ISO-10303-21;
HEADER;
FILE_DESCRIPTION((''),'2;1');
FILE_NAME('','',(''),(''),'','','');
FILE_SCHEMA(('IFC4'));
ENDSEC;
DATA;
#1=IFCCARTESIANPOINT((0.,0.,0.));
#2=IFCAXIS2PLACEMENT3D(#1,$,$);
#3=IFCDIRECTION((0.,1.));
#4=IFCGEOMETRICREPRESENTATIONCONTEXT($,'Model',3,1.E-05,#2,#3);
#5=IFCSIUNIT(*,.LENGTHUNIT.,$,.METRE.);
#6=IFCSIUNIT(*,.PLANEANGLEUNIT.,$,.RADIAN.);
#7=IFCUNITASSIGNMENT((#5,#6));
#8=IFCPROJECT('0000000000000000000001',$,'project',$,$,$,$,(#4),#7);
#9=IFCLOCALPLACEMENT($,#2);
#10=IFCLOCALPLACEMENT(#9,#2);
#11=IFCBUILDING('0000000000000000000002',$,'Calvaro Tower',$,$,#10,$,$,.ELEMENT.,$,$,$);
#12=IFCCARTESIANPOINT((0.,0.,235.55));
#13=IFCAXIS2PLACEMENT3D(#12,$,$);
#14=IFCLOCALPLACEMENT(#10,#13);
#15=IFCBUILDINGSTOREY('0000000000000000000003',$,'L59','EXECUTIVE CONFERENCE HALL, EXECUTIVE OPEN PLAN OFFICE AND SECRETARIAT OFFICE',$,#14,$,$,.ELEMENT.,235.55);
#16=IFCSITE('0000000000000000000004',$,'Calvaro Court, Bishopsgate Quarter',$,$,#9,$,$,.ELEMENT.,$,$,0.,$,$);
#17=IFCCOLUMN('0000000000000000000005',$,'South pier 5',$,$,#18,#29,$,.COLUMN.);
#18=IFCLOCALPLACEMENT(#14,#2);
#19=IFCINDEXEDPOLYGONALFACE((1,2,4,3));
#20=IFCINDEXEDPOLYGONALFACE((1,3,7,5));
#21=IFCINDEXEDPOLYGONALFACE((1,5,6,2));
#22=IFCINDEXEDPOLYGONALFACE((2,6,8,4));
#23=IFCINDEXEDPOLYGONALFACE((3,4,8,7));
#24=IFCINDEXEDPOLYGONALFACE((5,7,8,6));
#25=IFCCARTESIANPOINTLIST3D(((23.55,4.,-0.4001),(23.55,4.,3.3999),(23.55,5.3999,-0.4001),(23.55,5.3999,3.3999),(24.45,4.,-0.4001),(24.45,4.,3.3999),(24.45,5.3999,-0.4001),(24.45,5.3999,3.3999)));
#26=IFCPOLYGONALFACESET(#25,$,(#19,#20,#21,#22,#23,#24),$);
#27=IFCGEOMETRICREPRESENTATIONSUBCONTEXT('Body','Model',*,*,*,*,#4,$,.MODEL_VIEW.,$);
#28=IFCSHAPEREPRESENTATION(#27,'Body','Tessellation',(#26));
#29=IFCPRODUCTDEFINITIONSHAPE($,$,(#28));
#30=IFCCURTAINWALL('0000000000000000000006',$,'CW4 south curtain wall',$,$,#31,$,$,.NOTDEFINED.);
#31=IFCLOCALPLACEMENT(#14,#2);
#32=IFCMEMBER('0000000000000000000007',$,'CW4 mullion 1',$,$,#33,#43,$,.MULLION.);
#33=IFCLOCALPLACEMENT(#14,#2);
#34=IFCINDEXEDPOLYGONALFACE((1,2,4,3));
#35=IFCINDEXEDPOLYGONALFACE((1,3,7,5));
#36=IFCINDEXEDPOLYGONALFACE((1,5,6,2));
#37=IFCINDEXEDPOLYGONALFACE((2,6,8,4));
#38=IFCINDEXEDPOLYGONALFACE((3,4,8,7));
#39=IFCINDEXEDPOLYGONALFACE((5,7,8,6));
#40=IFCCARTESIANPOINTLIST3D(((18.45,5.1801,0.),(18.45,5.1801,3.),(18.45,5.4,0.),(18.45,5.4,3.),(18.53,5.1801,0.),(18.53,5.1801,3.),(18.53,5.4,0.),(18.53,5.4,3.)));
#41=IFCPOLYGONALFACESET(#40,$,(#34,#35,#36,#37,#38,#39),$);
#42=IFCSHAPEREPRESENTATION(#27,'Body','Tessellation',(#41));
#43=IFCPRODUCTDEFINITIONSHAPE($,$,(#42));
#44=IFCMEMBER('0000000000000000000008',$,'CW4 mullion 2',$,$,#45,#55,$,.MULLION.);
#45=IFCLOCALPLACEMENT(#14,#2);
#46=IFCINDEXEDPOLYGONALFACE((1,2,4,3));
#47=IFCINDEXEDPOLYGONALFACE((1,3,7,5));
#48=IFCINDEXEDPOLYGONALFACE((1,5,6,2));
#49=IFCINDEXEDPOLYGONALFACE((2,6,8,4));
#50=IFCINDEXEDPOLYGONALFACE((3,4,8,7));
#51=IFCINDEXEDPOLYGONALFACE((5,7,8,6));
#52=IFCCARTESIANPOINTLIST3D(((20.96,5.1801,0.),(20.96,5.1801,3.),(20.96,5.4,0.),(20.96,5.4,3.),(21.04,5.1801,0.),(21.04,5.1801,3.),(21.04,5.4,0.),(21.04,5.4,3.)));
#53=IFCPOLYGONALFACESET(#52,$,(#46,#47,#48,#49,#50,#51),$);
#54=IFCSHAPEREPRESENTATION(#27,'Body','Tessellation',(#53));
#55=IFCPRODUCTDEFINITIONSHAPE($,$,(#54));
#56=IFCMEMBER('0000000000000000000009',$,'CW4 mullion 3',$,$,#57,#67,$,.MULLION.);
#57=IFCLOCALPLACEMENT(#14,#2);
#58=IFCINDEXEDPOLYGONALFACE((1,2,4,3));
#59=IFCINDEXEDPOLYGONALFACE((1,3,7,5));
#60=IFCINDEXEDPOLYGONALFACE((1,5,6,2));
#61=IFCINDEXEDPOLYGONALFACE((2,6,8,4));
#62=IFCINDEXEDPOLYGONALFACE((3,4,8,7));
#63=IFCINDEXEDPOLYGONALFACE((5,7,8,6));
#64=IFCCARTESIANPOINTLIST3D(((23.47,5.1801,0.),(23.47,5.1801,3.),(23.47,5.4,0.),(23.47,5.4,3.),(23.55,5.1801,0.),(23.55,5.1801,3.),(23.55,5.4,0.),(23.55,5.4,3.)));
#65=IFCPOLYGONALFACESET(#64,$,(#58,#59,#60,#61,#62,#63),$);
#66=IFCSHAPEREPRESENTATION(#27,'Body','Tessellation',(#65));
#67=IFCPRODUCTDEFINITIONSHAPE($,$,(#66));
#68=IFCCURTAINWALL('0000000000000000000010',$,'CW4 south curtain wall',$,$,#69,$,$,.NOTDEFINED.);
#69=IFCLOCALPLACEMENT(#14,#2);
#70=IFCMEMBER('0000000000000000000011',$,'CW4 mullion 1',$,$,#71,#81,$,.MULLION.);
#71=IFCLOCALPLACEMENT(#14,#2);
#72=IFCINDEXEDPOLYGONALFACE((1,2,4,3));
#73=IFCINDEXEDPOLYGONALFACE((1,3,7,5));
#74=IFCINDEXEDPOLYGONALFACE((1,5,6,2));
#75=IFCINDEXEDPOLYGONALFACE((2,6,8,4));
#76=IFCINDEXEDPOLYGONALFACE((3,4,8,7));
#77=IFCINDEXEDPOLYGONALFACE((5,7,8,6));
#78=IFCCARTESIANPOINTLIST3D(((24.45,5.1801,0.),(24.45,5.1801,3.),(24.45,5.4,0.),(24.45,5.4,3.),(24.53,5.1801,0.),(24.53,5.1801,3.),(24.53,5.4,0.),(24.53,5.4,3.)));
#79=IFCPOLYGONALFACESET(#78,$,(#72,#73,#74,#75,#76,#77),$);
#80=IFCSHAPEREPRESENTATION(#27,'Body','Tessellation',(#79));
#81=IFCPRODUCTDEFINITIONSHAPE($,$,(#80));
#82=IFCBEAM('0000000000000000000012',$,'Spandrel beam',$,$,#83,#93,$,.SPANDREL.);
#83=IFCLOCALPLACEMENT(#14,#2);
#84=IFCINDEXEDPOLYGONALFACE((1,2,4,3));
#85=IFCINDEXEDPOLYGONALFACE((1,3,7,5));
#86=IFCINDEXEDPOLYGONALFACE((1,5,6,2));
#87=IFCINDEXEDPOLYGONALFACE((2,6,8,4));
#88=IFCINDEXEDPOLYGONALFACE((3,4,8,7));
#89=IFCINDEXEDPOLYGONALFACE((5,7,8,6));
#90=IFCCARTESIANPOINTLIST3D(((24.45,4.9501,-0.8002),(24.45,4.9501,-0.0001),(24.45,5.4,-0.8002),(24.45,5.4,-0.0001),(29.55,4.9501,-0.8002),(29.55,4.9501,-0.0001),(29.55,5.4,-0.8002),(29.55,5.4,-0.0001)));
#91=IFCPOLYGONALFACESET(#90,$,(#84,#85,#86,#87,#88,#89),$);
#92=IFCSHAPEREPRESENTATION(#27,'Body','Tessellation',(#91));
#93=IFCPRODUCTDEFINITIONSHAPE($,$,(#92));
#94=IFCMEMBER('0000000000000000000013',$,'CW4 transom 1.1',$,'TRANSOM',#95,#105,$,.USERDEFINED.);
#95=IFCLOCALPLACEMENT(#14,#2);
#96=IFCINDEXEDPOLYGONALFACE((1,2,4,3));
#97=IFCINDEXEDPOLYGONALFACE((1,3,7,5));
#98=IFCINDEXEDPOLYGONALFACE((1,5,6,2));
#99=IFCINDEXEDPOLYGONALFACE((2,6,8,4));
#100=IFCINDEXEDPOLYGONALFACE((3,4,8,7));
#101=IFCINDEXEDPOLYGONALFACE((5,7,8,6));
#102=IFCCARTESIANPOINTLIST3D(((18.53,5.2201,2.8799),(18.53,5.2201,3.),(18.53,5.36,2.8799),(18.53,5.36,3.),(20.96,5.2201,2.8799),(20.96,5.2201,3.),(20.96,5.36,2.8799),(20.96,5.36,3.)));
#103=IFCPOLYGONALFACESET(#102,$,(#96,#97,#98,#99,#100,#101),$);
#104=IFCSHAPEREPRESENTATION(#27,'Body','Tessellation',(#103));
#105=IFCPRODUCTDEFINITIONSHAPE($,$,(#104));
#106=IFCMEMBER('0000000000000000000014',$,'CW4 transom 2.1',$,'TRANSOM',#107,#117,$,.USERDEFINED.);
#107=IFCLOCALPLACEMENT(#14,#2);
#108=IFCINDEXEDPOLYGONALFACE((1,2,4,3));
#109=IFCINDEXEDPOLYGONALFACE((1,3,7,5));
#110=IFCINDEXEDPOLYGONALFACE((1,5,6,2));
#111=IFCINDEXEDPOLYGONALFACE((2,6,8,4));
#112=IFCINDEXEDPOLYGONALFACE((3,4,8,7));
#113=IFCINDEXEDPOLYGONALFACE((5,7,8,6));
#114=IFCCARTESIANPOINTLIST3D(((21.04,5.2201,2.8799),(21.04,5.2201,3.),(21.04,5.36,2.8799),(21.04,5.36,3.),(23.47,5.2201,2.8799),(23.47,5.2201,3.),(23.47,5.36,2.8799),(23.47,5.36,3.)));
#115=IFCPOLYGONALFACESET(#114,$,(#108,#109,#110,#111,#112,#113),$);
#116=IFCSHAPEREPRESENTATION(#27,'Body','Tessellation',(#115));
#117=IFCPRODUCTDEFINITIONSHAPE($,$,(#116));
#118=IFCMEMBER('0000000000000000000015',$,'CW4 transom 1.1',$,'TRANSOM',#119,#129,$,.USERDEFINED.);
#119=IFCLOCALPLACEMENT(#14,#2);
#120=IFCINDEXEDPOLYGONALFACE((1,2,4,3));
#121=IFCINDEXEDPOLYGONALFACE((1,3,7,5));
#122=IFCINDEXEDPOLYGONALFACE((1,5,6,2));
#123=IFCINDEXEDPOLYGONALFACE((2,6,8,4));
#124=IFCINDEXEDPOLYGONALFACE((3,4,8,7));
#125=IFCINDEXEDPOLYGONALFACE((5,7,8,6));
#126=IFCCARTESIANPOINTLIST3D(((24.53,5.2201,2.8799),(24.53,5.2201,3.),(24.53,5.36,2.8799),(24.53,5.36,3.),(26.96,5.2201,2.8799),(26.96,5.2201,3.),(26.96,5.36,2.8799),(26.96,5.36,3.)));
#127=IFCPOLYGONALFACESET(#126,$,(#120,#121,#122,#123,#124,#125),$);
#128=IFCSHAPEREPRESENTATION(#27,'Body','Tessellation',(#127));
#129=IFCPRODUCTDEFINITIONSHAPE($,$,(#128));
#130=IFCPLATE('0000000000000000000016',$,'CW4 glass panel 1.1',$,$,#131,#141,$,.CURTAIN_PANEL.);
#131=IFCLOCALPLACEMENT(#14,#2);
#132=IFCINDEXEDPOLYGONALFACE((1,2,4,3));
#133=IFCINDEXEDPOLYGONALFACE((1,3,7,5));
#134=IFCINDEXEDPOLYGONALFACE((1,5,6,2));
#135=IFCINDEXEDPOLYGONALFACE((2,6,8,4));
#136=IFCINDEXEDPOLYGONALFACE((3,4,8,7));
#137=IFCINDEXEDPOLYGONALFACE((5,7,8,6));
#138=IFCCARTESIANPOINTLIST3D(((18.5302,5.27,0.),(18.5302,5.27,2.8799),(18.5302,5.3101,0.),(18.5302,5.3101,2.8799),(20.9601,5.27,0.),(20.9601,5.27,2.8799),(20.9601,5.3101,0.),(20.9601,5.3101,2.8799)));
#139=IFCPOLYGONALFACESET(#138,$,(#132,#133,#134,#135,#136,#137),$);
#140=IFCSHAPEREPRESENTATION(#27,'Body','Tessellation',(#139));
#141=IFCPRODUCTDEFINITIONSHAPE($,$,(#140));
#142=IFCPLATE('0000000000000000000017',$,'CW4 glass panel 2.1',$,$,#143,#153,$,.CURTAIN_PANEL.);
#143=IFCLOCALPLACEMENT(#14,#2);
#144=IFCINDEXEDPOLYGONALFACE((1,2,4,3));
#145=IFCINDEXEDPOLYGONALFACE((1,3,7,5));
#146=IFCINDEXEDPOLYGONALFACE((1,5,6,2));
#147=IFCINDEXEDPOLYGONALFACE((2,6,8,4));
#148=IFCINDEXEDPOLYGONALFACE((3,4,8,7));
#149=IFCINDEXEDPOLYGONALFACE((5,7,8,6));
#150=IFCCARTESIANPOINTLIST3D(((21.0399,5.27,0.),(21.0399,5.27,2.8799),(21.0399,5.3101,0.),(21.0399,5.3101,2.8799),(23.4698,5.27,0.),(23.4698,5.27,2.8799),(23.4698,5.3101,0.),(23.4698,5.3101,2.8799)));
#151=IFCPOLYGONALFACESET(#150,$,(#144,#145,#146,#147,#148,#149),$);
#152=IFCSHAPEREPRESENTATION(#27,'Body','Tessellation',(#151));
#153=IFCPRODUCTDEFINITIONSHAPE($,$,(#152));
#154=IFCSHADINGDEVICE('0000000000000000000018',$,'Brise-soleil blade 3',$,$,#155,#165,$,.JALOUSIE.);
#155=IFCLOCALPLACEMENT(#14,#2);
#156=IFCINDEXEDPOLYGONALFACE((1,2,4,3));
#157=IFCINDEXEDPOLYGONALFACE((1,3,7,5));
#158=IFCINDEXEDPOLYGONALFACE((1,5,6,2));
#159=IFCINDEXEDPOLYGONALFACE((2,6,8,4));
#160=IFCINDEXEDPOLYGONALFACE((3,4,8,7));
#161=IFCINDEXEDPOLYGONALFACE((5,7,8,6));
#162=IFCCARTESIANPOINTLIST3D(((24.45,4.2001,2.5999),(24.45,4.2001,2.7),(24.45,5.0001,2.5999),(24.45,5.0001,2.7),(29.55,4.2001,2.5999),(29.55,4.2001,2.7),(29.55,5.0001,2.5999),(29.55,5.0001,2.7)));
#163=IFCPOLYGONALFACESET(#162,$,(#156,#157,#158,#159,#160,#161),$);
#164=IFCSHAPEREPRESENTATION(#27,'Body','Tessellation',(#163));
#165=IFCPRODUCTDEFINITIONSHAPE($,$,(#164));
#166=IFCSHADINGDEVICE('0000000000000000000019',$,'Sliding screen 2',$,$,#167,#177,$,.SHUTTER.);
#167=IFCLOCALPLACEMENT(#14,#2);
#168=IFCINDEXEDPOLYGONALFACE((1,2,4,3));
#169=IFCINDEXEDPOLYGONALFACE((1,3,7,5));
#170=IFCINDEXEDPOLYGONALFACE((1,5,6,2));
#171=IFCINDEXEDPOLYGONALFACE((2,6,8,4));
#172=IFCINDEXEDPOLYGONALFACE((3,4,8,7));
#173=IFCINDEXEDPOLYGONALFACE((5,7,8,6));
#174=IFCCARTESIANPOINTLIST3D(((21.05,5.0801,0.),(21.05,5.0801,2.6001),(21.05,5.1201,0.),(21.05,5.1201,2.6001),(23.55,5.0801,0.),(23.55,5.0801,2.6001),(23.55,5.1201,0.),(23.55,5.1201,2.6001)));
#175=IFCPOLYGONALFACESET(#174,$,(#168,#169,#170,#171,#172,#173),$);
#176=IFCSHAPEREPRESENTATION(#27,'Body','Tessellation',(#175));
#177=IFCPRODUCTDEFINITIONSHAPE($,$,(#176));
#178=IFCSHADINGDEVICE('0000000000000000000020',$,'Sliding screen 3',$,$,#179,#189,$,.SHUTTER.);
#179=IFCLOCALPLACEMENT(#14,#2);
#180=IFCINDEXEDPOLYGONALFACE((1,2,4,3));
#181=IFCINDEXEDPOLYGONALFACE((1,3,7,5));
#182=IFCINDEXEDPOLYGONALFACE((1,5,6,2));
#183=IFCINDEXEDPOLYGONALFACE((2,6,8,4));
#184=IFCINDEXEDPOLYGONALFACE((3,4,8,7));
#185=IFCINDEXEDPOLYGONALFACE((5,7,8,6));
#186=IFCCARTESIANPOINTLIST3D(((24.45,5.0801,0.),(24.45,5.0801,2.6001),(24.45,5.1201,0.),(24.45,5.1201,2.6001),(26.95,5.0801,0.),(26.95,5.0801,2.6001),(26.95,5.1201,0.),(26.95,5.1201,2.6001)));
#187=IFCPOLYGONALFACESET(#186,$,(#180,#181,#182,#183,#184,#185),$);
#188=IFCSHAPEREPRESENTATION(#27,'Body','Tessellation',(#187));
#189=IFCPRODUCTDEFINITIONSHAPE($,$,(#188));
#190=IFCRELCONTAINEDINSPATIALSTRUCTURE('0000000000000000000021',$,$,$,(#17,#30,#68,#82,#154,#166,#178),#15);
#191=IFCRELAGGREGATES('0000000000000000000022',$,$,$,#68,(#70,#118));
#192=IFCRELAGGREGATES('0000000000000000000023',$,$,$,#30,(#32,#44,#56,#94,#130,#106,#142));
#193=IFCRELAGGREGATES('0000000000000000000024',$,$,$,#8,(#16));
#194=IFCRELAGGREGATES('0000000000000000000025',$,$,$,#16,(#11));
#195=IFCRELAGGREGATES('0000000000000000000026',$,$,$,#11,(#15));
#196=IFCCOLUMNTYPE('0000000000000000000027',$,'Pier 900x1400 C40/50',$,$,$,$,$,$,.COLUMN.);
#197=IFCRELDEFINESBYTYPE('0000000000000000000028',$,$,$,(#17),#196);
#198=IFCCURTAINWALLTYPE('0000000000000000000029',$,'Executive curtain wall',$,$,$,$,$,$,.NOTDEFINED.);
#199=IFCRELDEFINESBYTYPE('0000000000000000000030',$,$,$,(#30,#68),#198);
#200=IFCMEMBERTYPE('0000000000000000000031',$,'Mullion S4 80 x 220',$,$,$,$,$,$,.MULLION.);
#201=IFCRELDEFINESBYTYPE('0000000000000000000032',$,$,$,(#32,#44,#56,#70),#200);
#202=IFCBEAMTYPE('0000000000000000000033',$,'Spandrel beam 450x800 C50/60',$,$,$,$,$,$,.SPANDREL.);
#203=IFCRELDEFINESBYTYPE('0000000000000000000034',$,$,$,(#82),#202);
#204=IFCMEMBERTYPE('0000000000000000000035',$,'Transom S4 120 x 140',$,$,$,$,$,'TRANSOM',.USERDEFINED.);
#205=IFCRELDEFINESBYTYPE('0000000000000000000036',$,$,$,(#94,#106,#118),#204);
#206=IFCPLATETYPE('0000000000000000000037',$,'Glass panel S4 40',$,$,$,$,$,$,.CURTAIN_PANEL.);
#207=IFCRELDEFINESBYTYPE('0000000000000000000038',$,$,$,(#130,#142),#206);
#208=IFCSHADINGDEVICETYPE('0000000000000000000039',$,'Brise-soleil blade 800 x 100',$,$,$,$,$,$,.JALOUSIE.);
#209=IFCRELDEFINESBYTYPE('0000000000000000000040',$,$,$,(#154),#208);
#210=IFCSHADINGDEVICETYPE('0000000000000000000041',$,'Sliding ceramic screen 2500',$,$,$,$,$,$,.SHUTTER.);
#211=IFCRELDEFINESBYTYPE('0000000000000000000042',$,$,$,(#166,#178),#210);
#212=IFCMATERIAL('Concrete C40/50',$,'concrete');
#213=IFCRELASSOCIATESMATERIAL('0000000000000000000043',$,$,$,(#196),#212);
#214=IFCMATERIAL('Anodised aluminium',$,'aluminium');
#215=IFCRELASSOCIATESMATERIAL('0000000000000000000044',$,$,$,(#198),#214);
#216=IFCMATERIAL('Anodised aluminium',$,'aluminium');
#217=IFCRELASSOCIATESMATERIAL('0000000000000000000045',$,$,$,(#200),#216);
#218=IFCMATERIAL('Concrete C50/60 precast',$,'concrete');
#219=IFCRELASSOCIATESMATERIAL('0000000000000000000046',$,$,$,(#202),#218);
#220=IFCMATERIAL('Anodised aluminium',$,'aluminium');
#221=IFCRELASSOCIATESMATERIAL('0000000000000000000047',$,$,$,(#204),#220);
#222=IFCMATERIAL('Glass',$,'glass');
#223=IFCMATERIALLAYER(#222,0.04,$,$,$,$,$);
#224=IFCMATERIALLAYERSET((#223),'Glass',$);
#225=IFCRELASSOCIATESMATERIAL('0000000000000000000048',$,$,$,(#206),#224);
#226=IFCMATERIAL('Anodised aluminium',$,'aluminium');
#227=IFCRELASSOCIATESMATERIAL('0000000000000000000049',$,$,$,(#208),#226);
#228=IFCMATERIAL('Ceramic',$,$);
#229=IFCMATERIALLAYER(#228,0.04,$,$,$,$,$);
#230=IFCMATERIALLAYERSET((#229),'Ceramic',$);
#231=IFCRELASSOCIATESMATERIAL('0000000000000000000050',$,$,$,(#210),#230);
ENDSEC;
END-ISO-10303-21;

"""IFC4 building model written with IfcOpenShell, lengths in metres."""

from ifc_helpers import new_model, si_unit, direction, frame, origin, origin_2d, place, context, subcontext, project, spatial, rectangle, extrude, material, layer, layer_set, material_profile, profile_set, type_object, element, aggregate, save


model = new_model("IFC4")

# Units and contexts
model_context = context("Model", 3, precision=1e-05, world=origin(), true_north=direction((0.0, 1.0)))
body_context = subcontext(model_context, "Body", "Model", "MODEL_VIEW")
ifc_project = project(units=[si_unit("LENGTHUNIT", "METRE"), si_unit("PLANEANGLEUNIT", "RADIAN")], contexts=[model_context])

# Site, building, storey
site_placement = place(None, origin())
site = spatial("IfcSite", under=ifc_project, at=site_placement, Name="Calvaro Court, Bishopsgate Quarter", CompositionType="ELEMENT", RefElevation=0.0)
building_placement = place(site_placement, origin())
building = spatial("IfcBuilding", under=site, at=building_placement, Name="Calvaro Tower", CompositionType="ELEMENT")
storey_placement = place(building_placement, frame((0.0, 0.0, 235.55)))
storey = spatial("IfcBuildingStorey", under=building, at=storey_placement, Name="L59", Description="EXECUTIVE CONFERENCE HALL, EXECUTIVE OPEN PLAN OFFICE AND SECRETARIAT OFFICE", CompositionType="ELEMENT", Elevation=235.55)

# Column
ifc_material_1 = material(Name="Concrete C40/50", Category="concrete")
ifc_material_profile_1 = material_profile(ifc_material_1, rectangle(XDim=0.8999, YDim=1.3999, at=origin_2d()), Name="RC 900x1400")
ifc_profile_set_1 = profile_set([ifc_material_profile_1], Name="Concrete C40/50")
column_type = type_object("IfcColumnType", Name="Pier 900x1400 C40/50", PredefinedType="COLUMN", material=ifc_profile_set_1)
column_placement = place(storey_placement, frame((24.0, 4.7, -0.4001), z_axis=(0.0, 0.0, 1.0), x_axis=(1.0, 0.0, 0.0)))
element("IfcColumn", 1, at=column_placement, inside=storey, type_object=column_type, Name="South pier 5", PredefinedType="COLUMN", context=body_context, shape_type="SweptSolid", body=[
    extrude(rectangle(XDim=0.8999, YDim=1.3999, at=origin_2d()), origin(), (0.0, 0.0, 1.0), 3.8),
])

# Curtain wall, members
ifc_material_2 = material(Name="Anodised aluminium", Category="aluminium")
curtain_wall_type = type_object("IfcCurtainWallType", Name="Executive curtain wall", PredefinedType="NOTDEFINED", material=ifc_material_2)
curtain_wall_1_placement = place(storey_placement, origin())
curtain_wall_1 = element("IfcCurtainWall", 2, at=curtain_wall_1_placement, inside=storey, type_object=curtain_wall_type, Name="CW4 south curtain wall", PredefinedType="NOTDEFINED")
ifc_material_3 = material(Name="Anodised aluminium", Category="aluminium")
ifc_material_profile_2 = material_profile(ifc_material_3, rectangle(XDim=0.22, YDim=0.0801, at=origin_2d()), Name="Mullion S4 80 x 220")
ifc_profile_set_2 = profile_set([ifc_material_profile_2], Name="Anodised aluminium")
member_type_1 = type_object("IfcMemberType", Name="Mullion S4 80 x 220", PredefinedType="MULLION", material=ifc_profile_set_2)
member_1_placement = place(storey_placement, frame((18.49, 5.29, 0.0), z_axis=(0.0, 0.0, 1.0), x_axis=(0.0, 1.0, 0.0)))
member_1 = element("IfcMember", 3, at=member_1_placement, type_object=member_type_1, Name="CW4 mullion 1", PredefinedType="MULLION", context=body_context, shape_type="SweptSolid", body=[
    extrude(rectangle(XDim=0.22, YDim=0.0801, at=origin_2d()), origin(), (0.0, 0.0, 1.0), 3.0),
])
member_2_placement = place(storey_placement, frame((21.0, 5.29, 0.0), z_axis=(0.0, 0.0, 1.0), x_axis=(0.0, 1.0, 0.0)))
member_2 = element("IfcMember", 4, at=member_2_placement, type_object=member_type_1, Name="CW4 mullion 2", PredefinedType="MULLION", context=body_context, shape_type="SweptSolid", body=[
    extrude(rectangle(XDim=0.22, YDim=0.0801, at=origin_2d()), origin(), (0.0, 0.0, 1.0), 3.0),
])
member_3_placement = place(storey_placement, frame((23.51, 5.29, 0.0), z_axis=(0.0, 0.0, 1.0), x_axis=(0.0, 1.0, 0.0)))
member_3 = element("IfcMember", 5, at=member_3_placement, type_object=member_type_1, Name="CW4 mullion 3", PredefinedType="MULLION", context=body_context, shape_type="SweptSolid", body=[
    extrude(rectangle(XDim=0.22, YDim=0.0801, at=origin_2d()), origin(), (0.0, 0.0, 1.0), 3.0),
])

# Curtain wall, member
curtain_wall_2_placement = place(storey_placement, origin())
curtain_wall_2 = element("IfcCurtainWall", 6, at=curtain_wall_2_placement, inside=storey, type_object=curtain_wall_type, Name="CW4 south curtain wall", PredefinedType="NOTDEFINED")
member_4_placement = place(storey_placement, frame((24.49, 5.29, 0.0), z_axis=(0.0, 0.0, 1.0), x_axis=(0.0, 1.0, 0.0)))
member_4 = element("IfcMember", 7, at=member_4_placement, type_object=member_type_1, Name="CW4 mullion 1", PredefinedType="MULLION", context=body_context, shape_type="SweptSolid", body=[
    extrude(rectangle(XDim=0.22, YDim=0.0801, at=origin_2d()), origin(), (0.0, 0.0, 1.0), 3.0),
])

# Beam
ifc_material_4 = material(Name="Concrete C50/60 precast", Category="concrete")
ifc_material_profile_3 = material_profile(ifc_material_4, rectangle(XDim=0.45, YDim=0.8, at=origin_2d()), Name="RC 450x800")
ifc_profile_set_3 = profile_set([ifc_material_profile_3], Name="Concrete C50/60 precast")
beam_type = type_object("IfcBeamType", Name="Spandrel beam 450x800 C50/60", PredefinedType="SPANDREL", material=ifc_profile_set_3)
beam_placement = place(storey_placement, frame((24.45, 5.175, -0.4001), z_axis=(1.0, 0.0, 0.0), x_axis=(0.0, 1.0, 0.0)))
element("IfcBeam", 8, at=beam_placement, inside=storey, type_object=beam_type, Name="Spandrel beam", PredefinedType="SPANDREL", context=body_context, shape_type="SweptSolid", body=[
    extrude(rectangle(XDim=0.45, YDim=0.8, at=origin_2d()), origin(), (0.0, 0.0, 1.0), 5.1001),
])

# Members
ifc_material_5 = material(Name="Anodised aluminium", Category="aluminium")
ifc_material_profile_4 = material_profile(ifc_material_5, rectangle(XDim=0.1399, YDim=0.1201, at=origin_2d()), Name="Transom S4 120 x 140")
ifc_profile_set_4 = profile_set([ifc_material_profile_4], Name="Anodised aluminium")
member_type_2 = type_object("IfcMemberType", Name="Transom S4 120 x 140", ElementType="TRANSOM", PredefinedType="USERDEFINED", material=ifc_profile_set_4)
member_5_placement = place(storey_placement, frame((18.53, 5.29, 2.9399), z_axis=(1.0, 0.0, 0.0), x_axis=(0.0, 1.0, 0.0)))
member_5 = element("IfcMember", 9, at=member_5_placement, type_object=member_type_2, Name="CW4 transom 1.1", ObjectType="TRANSOM", PredefinedType="USERDEFINED", context=body_context, shape_type="SweptSolid", body=[
    extrude(rectangle(XDim=0.1399, YDim=0.1201, at=origin_2d()), origin(), (0.0, 0.0, 1.0), 2.4299),
])
member_6_placement = place(storey_placement, frame((21.04, 5.29, 2.9399), z_axis=(1.0, 0.0, 0.0), x_axis=(0.0, 1.0, 0.0)))
member_6 = element("IfcMember", 10, at=member_6_placement, type_object=member_type_2, Name="CW4 transom 2.1", ObjectType="TRANSOM", PredefinedType="USERDEFINED", context=body_context, shape_type="SweptSolid", body=[
    extrude(rectangle(XDim=0.1399, YDim=0.1201, at=origin_2d()), origin(), (0.0, 0.0, 1.0), 2.4299),
])
member_7_placement = place(storey_placement, frame((24.53, 5.29, 2.9399), z_axis=(1.0, 0.0, 0.0), x_axis=(0.0, 1.0, 0.0)))
member_7 = element("IfcMember", 11, at=member_7_placement, type_object=member_type_2, Name="CW4 transom 1.1", ObjectType="TRANSOM", PredefinedType="USERDEFINED", context=body_context, shape_type="SweptSolid", body=[
    extrude(rectangle(XDim=0.1399, YDim=0.1201, at=origin_2d()), origin(), (0.0, 0.0, 1.0), 2.4299),
])
aggregate(curtain_wall_2, [member_4, member_7])

# Plates
ifc_material_6 = material(Name="Glass", Category="glass")
ifc_layer_1 = layer(ifc_material_6, 0.04)
ifc_layer_set_1 = layer_set([ifc_layer_1], Name="Glass")
plate_type = type_object("IfcPlateType", Name="Glass panel S4 40", PredefinedType="CURTAIN_PANEL", material=ifc_layer_set_1)
plate_1_placement = place(storey_placement, frame((19.7451, 5.29, 0.0), z_axis=(0.0, 0.0, 1.0), x_axis=(1.0, 0.0, 0.0)))
plate_1 = element("IfcPlate", 12, at=plate_1_placement, type_object=plate_type, Name="CW4 glass panel 1.1", PredefinedType="CURTAIN_PANEL", context=body_context, shape_type="SweptSolid", body=[
    extrude(rectangle(XDim=2.4299, YDim=0.04, at=origin_2d()), origin(), (0.0, 0.0, 1.0), 2.8799),
])
plate_2_placement = place(storey_placement, frame((22.2549, 5.29, 0.0), z_axis=(0.0, 0.0, 1.0), x_axis=(1.0, 0.0, 0.0)))
plate_2 = element("IfcPlate", 13, at=plate_2_placement, type_object=plate_type, Name="CW4 glass panel 2.1", PredefinedType="CURTAIN_PANEL", context=body_context, shape_type="SweptSolid", body=[
    extrude(rectangle(XDim=2.4299, YDim=0.04, at=origin_2d()), origin(), (0.0, 0.0, 1.0), 2.8799),
])
aggregate(curtain_wall_1, [member_1, member_2, member_3, member_5, plate_1, member_6, plate_2])

# Shading devices
ifc_material_7 = material(Name="Anodised aluminium", Category="aluminium")
ifc_material_profile_5 = material_profile(ifc_material_7, rectangle(XDim=0.8, YDim=0.1001, at=origin_2d()), Name="Brise-soleil blade 800 x 100")
ifc_profile_set_5 = profile_set([ifc_material_profile_5], Name="Anodised aluminium")
shading_device_type_1 = type_object("IfcShadingDeviceType", Name="Brise-soleil blade 800 x 100", PredefinedType="JALOUSIE", material=ifc_profile_set_5)
shading_device_placement = place(storey_placement, frame((24.45, 4.6001, 2.6499), z_axis=(1.0, 0.0, 0.0), x_axis=(0.0, 1.0, 0.0)))
element("IfcShadingDevice", 14, at=shading_device_placement, inside=storey, type_object=shading_device_type_1, Name="Brise-soleil blade 3", PredefinedType="JALOUSIE", context=body_context, shape_type="SweptSolid", body=[
    extrude(rectangle(XDim=0.8, YDim=0.1001, at=origin_2d()), origin(), (0.0, 0.0, 1.0), 5.1001),
])
ifc_material_8 = material(Name="Ceramic")
ifc_layer_2 = layer(ifc_material_8, 0.04)
ifc_layer_set_2 = layer_set([ifc_layer_2], Name="Ceramic")
shading_device_type_2 = type_object("IfcShadingDeviceType", Name="Sliding ceramic screen 2500", PredefinedType="SHUTTER", material=ifc_layer_set_2)
for number, where, z_axis, x_axis, name in (
    (15, (22.3, 5.1001, 0.0), (0.0, 0.0, 1.0), (1.0, 0.0, 0.0), "Sliding screen 2"),
    (16, (25.7, 5.1001, 0.0), (0.0, 0.0, 1.0), (1.0, 0.0, 0.0), "Sliding screen 3"),
):
    element("IfcShadingDevice", number, at=place(storey_placement, frame(where, z_axis=z_axis, x_axis=x_axis)), inside=storey, type_object=shading_device_type_2, Name=name, PredefinedType="SHUTTER", context=body_context, shape_type="SweptSolid", body=[
        extrude(rectangle(XDim=2.5, YDim=0.04, at=origin_2d()), origin(), (0.0, 0.0, 1.0), 2.6001),
    ])

save(model, "model.ifc")
